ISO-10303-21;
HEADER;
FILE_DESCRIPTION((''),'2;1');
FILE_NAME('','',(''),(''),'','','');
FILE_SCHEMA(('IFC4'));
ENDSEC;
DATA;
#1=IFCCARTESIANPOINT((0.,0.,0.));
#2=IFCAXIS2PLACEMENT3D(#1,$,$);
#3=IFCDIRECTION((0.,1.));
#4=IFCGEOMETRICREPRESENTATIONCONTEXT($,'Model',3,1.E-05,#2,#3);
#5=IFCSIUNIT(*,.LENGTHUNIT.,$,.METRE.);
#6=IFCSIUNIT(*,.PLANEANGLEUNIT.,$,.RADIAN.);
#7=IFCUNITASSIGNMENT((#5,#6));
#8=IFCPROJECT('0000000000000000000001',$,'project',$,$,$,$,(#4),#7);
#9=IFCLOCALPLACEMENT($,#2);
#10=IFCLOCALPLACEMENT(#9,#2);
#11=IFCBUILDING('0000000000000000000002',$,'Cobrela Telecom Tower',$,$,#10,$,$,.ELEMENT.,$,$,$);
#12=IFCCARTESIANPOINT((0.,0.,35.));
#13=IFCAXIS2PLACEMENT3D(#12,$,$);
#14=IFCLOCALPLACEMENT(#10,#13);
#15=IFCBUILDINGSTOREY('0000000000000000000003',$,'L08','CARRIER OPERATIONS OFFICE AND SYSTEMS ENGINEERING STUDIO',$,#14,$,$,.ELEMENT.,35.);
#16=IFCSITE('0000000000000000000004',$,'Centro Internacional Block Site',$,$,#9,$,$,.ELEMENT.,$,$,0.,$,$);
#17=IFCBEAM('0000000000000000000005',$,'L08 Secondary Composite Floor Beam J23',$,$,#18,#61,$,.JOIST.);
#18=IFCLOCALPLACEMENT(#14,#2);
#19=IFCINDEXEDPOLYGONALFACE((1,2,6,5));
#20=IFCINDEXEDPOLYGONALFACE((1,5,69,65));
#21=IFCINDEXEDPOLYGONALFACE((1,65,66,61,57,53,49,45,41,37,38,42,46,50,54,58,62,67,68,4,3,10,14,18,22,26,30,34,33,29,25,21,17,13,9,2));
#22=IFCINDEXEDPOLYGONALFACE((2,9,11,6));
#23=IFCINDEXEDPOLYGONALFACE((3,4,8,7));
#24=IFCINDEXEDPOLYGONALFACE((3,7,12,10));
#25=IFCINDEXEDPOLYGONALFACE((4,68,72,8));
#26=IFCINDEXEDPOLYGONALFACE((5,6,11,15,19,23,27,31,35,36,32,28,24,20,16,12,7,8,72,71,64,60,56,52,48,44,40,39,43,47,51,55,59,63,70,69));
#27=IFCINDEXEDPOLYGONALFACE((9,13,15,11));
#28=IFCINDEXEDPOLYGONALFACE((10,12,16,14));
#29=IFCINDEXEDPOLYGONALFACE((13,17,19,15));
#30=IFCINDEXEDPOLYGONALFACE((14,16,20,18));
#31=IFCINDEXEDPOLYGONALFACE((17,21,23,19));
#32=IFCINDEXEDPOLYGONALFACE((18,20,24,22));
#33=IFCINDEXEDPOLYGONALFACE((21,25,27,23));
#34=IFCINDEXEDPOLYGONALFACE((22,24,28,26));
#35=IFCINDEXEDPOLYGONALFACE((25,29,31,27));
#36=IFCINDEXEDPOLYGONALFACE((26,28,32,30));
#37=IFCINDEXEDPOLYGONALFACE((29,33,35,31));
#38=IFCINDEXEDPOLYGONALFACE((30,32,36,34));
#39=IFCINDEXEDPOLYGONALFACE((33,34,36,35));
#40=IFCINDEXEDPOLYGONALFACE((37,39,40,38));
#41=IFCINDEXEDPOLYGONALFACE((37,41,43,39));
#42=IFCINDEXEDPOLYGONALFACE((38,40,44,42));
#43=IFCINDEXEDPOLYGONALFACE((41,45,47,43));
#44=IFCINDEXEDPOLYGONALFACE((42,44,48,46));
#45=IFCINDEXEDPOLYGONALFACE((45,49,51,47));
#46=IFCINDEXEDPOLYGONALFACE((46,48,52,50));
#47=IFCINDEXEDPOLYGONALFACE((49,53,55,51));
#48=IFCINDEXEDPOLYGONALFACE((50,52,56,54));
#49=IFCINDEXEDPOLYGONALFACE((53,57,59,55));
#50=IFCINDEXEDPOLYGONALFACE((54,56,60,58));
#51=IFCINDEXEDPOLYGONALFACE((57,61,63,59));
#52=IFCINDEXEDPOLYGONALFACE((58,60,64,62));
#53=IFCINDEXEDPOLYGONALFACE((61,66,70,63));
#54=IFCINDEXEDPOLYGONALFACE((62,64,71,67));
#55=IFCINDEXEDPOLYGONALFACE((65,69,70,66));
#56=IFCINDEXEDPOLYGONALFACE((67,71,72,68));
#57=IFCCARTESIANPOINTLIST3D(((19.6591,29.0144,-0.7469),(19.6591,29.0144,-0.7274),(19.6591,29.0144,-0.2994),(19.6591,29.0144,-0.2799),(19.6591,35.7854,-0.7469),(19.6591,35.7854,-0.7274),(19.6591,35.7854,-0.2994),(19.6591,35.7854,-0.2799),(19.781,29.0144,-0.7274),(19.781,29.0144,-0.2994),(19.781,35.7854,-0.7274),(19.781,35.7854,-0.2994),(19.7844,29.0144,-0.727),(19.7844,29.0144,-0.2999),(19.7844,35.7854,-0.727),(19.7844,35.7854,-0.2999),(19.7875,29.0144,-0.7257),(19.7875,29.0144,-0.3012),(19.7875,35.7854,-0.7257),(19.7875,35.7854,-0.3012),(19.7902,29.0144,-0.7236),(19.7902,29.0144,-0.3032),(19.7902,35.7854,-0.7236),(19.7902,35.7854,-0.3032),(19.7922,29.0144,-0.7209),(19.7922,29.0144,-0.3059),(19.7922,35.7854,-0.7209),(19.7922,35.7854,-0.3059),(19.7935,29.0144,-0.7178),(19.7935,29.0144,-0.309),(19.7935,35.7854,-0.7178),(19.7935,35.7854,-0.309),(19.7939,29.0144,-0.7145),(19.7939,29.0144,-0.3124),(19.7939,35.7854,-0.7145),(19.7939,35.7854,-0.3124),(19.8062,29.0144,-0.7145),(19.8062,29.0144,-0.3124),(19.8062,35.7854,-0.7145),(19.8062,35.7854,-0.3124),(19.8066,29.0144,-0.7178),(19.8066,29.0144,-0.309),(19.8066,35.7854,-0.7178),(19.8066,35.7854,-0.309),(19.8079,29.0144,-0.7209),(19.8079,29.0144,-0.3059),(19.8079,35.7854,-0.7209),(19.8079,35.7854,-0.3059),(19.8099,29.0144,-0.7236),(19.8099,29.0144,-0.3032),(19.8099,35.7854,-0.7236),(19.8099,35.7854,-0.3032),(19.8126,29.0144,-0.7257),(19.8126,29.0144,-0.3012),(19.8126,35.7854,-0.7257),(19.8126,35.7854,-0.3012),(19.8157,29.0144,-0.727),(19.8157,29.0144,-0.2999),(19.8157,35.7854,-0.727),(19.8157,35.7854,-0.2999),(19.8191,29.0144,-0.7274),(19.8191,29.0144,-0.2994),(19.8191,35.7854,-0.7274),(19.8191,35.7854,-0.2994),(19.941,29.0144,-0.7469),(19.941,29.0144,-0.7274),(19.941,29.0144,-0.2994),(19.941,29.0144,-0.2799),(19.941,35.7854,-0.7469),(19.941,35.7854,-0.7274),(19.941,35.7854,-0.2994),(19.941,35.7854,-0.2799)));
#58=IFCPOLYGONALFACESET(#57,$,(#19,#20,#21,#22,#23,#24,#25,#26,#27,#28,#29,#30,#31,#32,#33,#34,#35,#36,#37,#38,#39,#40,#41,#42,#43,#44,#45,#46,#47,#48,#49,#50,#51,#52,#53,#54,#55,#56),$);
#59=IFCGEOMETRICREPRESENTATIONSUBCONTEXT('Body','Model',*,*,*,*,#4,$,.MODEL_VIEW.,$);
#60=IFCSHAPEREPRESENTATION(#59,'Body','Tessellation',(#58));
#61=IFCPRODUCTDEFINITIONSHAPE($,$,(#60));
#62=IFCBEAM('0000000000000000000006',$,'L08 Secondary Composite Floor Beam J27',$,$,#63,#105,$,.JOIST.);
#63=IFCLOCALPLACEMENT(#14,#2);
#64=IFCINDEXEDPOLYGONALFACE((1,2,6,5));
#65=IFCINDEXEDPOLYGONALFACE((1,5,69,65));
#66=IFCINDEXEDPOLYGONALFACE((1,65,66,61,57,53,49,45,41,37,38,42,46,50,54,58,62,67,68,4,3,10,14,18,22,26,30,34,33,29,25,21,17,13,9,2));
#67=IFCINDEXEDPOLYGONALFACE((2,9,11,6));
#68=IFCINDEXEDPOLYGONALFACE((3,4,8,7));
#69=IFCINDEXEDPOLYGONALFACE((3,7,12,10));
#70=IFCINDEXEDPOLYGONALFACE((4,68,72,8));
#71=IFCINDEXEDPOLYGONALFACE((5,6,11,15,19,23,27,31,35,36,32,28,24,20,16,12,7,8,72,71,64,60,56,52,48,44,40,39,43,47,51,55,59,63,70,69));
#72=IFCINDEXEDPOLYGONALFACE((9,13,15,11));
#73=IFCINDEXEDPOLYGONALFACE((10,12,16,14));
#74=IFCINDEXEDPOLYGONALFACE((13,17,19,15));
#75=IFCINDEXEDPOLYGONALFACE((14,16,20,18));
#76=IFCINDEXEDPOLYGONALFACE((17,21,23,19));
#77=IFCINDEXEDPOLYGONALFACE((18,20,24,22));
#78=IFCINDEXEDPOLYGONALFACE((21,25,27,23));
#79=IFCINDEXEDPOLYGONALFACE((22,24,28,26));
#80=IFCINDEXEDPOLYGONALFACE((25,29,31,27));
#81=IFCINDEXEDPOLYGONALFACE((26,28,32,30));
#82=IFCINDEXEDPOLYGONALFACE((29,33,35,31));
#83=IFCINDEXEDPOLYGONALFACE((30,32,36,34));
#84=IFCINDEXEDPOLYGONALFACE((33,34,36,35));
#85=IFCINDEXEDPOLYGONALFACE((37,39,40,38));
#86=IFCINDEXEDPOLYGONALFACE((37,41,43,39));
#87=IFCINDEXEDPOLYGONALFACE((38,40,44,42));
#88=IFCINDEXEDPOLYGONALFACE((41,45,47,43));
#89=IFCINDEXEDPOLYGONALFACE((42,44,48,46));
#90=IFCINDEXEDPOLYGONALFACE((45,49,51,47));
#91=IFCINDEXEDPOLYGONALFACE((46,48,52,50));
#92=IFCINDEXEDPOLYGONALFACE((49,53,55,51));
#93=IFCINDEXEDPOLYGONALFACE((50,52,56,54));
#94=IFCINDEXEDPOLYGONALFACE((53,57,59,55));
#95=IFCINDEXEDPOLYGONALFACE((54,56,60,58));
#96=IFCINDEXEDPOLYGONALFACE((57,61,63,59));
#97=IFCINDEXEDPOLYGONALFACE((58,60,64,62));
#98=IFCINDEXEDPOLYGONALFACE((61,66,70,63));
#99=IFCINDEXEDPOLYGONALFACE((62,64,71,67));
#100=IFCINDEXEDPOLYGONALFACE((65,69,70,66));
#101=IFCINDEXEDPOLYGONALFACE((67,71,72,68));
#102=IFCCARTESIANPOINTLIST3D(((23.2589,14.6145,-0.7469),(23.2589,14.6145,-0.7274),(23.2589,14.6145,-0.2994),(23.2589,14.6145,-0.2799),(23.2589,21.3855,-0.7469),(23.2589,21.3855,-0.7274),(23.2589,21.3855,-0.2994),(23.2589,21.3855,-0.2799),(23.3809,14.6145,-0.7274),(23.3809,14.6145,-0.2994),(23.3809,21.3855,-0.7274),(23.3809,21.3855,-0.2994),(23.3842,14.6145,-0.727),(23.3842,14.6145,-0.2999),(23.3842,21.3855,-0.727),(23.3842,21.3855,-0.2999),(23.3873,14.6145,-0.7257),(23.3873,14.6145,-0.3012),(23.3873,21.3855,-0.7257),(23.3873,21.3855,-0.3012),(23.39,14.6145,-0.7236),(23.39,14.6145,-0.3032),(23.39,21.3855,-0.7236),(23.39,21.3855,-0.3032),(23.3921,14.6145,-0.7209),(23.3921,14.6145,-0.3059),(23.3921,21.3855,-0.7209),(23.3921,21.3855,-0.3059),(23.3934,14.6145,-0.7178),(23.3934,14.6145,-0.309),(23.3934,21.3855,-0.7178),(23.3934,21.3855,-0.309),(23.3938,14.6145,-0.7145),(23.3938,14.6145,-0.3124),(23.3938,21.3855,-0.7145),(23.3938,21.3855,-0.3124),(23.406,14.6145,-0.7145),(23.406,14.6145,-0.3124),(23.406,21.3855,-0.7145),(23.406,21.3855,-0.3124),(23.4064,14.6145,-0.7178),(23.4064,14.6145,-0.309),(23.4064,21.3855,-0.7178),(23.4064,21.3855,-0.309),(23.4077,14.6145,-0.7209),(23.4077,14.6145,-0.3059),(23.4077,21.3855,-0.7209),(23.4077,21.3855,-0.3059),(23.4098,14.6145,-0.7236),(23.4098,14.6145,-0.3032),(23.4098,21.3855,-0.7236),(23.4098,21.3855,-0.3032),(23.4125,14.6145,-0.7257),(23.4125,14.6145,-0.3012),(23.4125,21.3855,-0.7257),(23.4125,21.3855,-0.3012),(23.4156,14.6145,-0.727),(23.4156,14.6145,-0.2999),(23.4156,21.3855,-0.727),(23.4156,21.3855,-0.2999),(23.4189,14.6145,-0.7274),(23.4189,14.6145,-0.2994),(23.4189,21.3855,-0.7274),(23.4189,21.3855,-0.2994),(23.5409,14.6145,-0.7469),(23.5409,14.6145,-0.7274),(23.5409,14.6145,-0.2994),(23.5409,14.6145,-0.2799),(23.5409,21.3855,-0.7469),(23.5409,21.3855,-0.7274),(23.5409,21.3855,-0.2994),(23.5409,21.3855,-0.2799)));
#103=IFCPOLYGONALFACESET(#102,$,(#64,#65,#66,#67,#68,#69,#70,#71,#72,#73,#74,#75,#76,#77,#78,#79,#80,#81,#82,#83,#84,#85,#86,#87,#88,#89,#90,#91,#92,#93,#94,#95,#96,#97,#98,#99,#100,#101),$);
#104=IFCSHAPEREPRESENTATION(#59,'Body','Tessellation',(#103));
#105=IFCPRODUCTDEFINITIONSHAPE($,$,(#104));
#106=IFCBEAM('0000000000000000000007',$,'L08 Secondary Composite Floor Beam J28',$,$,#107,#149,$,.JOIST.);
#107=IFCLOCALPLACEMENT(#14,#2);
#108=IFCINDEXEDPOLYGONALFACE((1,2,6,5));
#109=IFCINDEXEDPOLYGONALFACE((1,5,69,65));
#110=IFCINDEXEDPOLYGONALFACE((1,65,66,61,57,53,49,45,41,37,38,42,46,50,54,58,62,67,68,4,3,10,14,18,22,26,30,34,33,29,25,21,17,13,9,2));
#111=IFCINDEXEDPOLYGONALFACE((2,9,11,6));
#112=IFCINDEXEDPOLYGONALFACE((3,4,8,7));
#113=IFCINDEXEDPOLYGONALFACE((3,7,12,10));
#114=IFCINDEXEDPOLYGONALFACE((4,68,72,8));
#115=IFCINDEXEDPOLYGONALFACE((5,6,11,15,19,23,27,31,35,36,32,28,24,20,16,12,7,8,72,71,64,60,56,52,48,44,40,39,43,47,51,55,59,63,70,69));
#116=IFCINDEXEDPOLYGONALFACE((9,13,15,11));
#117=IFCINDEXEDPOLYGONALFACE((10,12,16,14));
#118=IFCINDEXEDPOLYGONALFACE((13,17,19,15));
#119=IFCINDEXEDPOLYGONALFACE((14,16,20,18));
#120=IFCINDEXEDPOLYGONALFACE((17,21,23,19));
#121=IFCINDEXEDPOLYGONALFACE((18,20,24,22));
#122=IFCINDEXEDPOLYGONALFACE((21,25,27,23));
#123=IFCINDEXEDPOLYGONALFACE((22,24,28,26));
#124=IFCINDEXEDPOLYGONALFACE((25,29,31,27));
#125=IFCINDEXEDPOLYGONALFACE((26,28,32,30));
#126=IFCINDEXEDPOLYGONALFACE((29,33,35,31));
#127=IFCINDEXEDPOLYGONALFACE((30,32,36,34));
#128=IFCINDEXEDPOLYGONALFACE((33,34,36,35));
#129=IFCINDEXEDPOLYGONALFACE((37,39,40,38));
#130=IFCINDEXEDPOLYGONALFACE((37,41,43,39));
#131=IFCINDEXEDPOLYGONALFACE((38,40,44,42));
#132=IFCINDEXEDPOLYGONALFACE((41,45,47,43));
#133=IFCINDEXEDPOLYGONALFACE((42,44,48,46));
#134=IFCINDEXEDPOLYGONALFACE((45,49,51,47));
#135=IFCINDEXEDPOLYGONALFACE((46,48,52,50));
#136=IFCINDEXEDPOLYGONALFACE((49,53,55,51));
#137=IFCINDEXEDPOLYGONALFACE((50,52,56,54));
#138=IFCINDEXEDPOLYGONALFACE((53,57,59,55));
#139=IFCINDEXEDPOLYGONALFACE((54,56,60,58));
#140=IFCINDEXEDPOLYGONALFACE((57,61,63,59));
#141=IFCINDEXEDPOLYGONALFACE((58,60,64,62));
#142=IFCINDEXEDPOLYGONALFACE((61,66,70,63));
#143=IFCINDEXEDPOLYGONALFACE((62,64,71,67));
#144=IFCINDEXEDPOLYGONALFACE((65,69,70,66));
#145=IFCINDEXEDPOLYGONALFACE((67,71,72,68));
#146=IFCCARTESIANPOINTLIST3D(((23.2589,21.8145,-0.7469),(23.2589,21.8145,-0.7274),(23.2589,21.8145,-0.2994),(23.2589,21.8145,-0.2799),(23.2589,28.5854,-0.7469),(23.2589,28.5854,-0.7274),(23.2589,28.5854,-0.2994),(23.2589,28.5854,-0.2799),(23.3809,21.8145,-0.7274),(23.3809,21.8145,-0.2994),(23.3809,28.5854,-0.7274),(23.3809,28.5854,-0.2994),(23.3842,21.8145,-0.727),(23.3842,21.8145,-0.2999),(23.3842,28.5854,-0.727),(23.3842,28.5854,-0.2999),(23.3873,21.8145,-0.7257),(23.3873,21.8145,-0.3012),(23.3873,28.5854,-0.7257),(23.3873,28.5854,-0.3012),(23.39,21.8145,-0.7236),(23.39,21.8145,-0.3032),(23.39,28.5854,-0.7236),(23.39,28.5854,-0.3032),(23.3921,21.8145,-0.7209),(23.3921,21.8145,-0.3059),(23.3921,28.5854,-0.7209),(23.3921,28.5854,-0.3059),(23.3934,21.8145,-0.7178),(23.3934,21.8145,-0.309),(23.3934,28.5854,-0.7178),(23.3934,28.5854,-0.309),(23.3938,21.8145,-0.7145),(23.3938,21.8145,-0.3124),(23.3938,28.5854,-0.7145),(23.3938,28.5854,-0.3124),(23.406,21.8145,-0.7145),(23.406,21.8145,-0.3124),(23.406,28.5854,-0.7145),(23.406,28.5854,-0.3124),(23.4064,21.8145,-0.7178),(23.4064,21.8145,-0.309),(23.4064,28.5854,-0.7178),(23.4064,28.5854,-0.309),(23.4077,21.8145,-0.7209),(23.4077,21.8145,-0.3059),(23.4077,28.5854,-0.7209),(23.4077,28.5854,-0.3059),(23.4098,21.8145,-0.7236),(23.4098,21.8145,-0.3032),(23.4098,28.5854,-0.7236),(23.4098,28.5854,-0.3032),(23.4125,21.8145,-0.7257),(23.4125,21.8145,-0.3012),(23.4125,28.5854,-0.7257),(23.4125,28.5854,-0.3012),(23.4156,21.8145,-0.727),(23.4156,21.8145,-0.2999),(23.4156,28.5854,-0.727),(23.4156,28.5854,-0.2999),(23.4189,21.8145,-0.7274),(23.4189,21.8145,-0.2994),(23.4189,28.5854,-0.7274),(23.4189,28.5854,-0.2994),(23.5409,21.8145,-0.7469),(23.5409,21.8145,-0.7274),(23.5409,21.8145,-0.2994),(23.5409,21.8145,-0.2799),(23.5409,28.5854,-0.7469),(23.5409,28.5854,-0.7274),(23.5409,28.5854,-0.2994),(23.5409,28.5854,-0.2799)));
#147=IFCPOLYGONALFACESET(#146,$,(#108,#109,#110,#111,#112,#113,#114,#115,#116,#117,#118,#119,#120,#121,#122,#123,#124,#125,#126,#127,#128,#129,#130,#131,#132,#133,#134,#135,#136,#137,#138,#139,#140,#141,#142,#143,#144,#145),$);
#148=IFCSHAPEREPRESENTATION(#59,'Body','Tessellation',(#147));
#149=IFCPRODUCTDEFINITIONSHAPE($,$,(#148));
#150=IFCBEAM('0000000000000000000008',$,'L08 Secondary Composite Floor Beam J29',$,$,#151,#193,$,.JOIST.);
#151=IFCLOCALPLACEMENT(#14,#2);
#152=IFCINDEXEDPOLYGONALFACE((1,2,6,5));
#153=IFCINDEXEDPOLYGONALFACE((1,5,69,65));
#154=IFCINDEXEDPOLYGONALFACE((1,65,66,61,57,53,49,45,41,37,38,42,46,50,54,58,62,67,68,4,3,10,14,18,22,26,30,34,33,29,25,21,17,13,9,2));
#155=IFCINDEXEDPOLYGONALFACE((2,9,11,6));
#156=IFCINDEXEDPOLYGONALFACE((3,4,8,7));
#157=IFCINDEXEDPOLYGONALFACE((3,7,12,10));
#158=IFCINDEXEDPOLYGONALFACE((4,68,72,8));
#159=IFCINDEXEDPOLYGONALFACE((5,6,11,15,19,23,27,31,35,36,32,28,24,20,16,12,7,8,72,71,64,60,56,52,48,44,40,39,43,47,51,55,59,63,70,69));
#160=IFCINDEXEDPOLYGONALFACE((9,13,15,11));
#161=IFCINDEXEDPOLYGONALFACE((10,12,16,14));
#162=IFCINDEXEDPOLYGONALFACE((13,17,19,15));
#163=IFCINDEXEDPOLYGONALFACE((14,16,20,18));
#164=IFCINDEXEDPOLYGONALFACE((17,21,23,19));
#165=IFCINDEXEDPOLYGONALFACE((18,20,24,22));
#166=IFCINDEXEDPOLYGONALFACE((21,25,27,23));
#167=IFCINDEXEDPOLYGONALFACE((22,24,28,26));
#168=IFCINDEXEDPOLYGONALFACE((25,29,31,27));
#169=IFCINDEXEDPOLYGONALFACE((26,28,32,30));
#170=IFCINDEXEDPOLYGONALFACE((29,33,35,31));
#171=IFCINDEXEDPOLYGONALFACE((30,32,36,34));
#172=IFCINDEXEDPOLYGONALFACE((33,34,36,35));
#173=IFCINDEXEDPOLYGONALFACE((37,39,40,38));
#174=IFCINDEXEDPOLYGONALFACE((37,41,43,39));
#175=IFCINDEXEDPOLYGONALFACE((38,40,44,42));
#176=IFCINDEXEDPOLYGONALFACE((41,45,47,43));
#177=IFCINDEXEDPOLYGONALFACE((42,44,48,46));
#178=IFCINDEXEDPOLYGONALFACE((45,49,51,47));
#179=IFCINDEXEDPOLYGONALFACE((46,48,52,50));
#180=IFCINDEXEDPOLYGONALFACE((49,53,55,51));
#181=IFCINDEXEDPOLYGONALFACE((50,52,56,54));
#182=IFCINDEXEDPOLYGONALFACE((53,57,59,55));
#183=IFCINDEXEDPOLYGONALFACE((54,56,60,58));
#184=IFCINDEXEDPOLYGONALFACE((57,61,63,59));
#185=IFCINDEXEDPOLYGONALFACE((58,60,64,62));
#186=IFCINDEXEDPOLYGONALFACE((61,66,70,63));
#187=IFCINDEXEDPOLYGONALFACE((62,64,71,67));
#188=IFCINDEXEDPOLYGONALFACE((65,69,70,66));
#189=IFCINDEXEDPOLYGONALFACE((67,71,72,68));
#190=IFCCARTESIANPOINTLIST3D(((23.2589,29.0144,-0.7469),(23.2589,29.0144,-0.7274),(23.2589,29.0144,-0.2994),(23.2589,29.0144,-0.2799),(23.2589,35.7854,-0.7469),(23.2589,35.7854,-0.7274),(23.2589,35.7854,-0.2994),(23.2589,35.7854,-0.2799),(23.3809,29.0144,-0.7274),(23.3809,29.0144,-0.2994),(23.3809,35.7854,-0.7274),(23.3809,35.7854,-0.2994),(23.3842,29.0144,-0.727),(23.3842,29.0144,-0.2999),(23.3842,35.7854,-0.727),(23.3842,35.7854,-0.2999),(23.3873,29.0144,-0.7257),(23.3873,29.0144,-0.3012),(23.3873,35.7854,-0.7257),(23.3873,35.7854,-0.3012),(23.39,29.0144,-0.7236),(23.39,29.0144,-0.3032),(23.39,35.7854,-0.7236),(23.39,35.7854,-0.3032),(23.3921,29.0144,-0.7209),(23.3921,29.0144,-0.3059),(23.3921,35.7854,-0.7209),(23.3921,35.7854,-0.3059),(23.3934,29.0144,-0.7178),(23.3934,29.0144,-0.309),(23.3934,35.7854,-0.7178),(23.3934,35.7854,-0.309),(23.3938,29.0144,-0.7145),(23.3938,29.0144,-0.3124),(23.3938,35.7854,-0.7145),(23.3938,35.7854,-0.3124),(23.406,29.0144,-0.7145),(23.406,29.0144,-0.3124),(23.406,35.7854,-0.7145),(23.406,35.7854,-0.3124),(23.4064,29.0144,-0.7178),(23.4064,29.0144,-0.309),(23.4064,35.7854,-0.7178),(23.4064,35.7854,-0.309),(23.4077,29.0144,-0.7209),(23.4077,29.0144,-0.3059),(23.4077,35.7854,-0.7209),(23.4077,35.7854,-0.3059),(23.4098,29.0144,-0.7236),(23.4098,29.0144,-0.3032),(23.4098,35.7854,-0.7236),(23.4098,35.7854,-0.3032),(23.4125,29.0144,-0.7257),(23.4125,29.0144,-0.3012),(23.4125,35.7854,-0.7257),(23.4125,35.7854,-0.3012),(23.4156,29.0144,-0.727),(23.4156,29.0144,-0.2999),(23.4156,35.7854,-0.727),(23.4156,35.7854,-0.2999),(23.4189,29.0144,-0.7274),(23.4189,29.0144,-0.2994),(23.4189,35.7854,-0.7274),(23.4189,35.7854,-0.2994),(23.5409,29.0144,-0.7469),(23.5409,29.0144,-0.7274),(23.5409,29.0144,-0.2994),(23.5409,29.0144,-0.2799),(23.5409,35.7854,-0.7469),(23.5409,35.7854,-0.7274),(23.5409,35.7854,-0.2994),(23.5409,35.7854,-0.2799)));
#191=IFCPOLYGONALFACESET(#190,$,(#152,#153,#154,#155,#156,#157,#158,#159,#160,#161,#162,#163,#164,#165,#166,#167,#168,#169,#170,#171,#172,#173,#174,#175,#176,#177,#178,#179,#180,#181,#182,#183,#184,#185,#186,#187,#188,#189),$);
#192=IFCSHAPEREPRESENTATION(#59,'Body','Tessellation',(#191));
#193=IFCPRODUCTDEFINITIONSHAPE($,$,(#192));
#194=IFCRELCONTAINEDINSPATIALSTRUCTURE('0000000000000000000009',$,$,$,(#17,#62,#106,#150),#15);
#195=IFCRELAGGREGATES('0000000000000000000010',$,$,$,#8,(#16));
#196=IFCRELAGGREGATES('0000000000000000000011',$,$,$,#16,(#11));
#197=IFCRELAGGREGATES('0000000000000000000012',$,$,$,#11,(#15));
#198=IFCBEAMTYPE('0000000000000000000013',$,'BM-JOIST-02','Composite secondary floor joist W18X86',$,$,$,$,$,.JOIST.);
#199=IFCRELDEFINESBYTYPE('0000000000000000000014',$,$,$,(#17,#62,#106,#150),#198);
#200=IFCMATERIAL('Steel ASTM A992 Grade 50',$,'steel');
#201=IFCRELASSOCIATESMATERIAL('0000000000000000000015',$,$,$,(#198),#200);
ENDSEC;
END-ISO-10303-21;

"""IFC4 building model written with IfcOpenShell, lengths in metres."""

from ifc_helpers import new_model, si_unit, direction, frame, origin, origin_2d, place, context, subcontext, project, spatial, i_section, extrude, material, material_profile, profile_set, type_object, element, save


model = new_model("IFC4")

# Units and contexts
model_context = context("Model", 3, precision=1e-05, world=origin(), true_north=direction((0.0, 1.0)))
body_context = subcontext(model_context, "Body", "Model", "MODEL_VIEW")
ifc_project = project(units=[si_unit("LENGTHUNIT", "METRE"), si_unit("PLANEANGLEUNIT", "RADIAN")], contexts=[model_context])

# Site, building, storey
site_placement = place(None, origin())
site = spatial("IfcSite", under=ifc_project, at=site_placement, Name="Centro Internacional Block Site", CompositionType="ELEMENT", RefElevation=0.0)
building_placement = place(site_placement, origin())
building = spatial("IfcBuilding", under=site, at=building_placement, Name="Cobrela Telecom Tower", CompositionType="ELEMENT")
storey_placement = place(building_placement, frame((0.0, 0.0, 35.0)))
storey = spatial("IfcBuildingStorey", under=building, at=storey_placement, Name="L08", Description="CARRIER OPERATIONS OFFICE AND SYSTEMS ENGINEERING STUDIO", CompositionType="ELEMENT", Elevation=35.0)

# Shared definitions
ifc_material_1 = material(Name="Steel ASTM A992 Grade 50", Category="steel")

# Beams
ifc_material_profile_1 = material_profile(ifc_material_1, i_section(OverallWidth=0.282, OverallDepth=0.467, WebThickness=0.0122, FlangeThickness=0.0195, FilletRadius=0.0129, at=origin_2d()), Name="W18X86")
ifc_profile_set_1 = profile_set([ifc_material_profile_1], Name="Steel ASTM A992 Grade 50")
beam_type_1 = type_object("IfcBeamType", Name="BM-JOIST-02", Description="Composite secondary floor joist W18X86", PredefinedType="JOIST", material=ifc_profile_set_1)
for number, where, z_axis, x_axis, name in (
    (1, (19.8, 29.0144, -0.5134), (0.0, 1.0, 0.0), (-1.0, 0.0, 0.0), "L08 Secondary Composite Floor Beam J23"),
    (2, (23.3999, 14.6145, -0.5134), (0.0, 1.0, 0.0), (-1.0, 0.0, 0.0), "L08 Secondary Composite Floor Beam J27"),
    (3, (23.3999, 21.8145, -0.5134), (0.0, 1.0, 0.0), (-1.0, 0.0, 0.0), "L08 Secondary Composite Floor Beam J28"),
    (4, (23.3999, 29.0144, -0.5134), (0.0, 1.0, 0.0), (-1.0, 0.0, 0.0), "L08 Secondary Composite Floor Beam J29"),
):
    element("IfcBeam", number, at=place(storey_placement, frame(where, z_axis=z_axis, x_axis=x_axis)), inside=storey, type_object=beam_type_1, Name=name, PredefinedType="JOIST", context=body_context, shape_type="SweptSolid", body=[
        extrude(i_section(OverallWidth=0.282, OverallDepth=0.467, WebThickness=0.0122, FlangeThickness=0.0195, FilletRadius=0.0129, at=origin_2d()), origin(), (0.0, 0.0, 1.0), 6.771),
    ])

save(model, "model.ifc")
